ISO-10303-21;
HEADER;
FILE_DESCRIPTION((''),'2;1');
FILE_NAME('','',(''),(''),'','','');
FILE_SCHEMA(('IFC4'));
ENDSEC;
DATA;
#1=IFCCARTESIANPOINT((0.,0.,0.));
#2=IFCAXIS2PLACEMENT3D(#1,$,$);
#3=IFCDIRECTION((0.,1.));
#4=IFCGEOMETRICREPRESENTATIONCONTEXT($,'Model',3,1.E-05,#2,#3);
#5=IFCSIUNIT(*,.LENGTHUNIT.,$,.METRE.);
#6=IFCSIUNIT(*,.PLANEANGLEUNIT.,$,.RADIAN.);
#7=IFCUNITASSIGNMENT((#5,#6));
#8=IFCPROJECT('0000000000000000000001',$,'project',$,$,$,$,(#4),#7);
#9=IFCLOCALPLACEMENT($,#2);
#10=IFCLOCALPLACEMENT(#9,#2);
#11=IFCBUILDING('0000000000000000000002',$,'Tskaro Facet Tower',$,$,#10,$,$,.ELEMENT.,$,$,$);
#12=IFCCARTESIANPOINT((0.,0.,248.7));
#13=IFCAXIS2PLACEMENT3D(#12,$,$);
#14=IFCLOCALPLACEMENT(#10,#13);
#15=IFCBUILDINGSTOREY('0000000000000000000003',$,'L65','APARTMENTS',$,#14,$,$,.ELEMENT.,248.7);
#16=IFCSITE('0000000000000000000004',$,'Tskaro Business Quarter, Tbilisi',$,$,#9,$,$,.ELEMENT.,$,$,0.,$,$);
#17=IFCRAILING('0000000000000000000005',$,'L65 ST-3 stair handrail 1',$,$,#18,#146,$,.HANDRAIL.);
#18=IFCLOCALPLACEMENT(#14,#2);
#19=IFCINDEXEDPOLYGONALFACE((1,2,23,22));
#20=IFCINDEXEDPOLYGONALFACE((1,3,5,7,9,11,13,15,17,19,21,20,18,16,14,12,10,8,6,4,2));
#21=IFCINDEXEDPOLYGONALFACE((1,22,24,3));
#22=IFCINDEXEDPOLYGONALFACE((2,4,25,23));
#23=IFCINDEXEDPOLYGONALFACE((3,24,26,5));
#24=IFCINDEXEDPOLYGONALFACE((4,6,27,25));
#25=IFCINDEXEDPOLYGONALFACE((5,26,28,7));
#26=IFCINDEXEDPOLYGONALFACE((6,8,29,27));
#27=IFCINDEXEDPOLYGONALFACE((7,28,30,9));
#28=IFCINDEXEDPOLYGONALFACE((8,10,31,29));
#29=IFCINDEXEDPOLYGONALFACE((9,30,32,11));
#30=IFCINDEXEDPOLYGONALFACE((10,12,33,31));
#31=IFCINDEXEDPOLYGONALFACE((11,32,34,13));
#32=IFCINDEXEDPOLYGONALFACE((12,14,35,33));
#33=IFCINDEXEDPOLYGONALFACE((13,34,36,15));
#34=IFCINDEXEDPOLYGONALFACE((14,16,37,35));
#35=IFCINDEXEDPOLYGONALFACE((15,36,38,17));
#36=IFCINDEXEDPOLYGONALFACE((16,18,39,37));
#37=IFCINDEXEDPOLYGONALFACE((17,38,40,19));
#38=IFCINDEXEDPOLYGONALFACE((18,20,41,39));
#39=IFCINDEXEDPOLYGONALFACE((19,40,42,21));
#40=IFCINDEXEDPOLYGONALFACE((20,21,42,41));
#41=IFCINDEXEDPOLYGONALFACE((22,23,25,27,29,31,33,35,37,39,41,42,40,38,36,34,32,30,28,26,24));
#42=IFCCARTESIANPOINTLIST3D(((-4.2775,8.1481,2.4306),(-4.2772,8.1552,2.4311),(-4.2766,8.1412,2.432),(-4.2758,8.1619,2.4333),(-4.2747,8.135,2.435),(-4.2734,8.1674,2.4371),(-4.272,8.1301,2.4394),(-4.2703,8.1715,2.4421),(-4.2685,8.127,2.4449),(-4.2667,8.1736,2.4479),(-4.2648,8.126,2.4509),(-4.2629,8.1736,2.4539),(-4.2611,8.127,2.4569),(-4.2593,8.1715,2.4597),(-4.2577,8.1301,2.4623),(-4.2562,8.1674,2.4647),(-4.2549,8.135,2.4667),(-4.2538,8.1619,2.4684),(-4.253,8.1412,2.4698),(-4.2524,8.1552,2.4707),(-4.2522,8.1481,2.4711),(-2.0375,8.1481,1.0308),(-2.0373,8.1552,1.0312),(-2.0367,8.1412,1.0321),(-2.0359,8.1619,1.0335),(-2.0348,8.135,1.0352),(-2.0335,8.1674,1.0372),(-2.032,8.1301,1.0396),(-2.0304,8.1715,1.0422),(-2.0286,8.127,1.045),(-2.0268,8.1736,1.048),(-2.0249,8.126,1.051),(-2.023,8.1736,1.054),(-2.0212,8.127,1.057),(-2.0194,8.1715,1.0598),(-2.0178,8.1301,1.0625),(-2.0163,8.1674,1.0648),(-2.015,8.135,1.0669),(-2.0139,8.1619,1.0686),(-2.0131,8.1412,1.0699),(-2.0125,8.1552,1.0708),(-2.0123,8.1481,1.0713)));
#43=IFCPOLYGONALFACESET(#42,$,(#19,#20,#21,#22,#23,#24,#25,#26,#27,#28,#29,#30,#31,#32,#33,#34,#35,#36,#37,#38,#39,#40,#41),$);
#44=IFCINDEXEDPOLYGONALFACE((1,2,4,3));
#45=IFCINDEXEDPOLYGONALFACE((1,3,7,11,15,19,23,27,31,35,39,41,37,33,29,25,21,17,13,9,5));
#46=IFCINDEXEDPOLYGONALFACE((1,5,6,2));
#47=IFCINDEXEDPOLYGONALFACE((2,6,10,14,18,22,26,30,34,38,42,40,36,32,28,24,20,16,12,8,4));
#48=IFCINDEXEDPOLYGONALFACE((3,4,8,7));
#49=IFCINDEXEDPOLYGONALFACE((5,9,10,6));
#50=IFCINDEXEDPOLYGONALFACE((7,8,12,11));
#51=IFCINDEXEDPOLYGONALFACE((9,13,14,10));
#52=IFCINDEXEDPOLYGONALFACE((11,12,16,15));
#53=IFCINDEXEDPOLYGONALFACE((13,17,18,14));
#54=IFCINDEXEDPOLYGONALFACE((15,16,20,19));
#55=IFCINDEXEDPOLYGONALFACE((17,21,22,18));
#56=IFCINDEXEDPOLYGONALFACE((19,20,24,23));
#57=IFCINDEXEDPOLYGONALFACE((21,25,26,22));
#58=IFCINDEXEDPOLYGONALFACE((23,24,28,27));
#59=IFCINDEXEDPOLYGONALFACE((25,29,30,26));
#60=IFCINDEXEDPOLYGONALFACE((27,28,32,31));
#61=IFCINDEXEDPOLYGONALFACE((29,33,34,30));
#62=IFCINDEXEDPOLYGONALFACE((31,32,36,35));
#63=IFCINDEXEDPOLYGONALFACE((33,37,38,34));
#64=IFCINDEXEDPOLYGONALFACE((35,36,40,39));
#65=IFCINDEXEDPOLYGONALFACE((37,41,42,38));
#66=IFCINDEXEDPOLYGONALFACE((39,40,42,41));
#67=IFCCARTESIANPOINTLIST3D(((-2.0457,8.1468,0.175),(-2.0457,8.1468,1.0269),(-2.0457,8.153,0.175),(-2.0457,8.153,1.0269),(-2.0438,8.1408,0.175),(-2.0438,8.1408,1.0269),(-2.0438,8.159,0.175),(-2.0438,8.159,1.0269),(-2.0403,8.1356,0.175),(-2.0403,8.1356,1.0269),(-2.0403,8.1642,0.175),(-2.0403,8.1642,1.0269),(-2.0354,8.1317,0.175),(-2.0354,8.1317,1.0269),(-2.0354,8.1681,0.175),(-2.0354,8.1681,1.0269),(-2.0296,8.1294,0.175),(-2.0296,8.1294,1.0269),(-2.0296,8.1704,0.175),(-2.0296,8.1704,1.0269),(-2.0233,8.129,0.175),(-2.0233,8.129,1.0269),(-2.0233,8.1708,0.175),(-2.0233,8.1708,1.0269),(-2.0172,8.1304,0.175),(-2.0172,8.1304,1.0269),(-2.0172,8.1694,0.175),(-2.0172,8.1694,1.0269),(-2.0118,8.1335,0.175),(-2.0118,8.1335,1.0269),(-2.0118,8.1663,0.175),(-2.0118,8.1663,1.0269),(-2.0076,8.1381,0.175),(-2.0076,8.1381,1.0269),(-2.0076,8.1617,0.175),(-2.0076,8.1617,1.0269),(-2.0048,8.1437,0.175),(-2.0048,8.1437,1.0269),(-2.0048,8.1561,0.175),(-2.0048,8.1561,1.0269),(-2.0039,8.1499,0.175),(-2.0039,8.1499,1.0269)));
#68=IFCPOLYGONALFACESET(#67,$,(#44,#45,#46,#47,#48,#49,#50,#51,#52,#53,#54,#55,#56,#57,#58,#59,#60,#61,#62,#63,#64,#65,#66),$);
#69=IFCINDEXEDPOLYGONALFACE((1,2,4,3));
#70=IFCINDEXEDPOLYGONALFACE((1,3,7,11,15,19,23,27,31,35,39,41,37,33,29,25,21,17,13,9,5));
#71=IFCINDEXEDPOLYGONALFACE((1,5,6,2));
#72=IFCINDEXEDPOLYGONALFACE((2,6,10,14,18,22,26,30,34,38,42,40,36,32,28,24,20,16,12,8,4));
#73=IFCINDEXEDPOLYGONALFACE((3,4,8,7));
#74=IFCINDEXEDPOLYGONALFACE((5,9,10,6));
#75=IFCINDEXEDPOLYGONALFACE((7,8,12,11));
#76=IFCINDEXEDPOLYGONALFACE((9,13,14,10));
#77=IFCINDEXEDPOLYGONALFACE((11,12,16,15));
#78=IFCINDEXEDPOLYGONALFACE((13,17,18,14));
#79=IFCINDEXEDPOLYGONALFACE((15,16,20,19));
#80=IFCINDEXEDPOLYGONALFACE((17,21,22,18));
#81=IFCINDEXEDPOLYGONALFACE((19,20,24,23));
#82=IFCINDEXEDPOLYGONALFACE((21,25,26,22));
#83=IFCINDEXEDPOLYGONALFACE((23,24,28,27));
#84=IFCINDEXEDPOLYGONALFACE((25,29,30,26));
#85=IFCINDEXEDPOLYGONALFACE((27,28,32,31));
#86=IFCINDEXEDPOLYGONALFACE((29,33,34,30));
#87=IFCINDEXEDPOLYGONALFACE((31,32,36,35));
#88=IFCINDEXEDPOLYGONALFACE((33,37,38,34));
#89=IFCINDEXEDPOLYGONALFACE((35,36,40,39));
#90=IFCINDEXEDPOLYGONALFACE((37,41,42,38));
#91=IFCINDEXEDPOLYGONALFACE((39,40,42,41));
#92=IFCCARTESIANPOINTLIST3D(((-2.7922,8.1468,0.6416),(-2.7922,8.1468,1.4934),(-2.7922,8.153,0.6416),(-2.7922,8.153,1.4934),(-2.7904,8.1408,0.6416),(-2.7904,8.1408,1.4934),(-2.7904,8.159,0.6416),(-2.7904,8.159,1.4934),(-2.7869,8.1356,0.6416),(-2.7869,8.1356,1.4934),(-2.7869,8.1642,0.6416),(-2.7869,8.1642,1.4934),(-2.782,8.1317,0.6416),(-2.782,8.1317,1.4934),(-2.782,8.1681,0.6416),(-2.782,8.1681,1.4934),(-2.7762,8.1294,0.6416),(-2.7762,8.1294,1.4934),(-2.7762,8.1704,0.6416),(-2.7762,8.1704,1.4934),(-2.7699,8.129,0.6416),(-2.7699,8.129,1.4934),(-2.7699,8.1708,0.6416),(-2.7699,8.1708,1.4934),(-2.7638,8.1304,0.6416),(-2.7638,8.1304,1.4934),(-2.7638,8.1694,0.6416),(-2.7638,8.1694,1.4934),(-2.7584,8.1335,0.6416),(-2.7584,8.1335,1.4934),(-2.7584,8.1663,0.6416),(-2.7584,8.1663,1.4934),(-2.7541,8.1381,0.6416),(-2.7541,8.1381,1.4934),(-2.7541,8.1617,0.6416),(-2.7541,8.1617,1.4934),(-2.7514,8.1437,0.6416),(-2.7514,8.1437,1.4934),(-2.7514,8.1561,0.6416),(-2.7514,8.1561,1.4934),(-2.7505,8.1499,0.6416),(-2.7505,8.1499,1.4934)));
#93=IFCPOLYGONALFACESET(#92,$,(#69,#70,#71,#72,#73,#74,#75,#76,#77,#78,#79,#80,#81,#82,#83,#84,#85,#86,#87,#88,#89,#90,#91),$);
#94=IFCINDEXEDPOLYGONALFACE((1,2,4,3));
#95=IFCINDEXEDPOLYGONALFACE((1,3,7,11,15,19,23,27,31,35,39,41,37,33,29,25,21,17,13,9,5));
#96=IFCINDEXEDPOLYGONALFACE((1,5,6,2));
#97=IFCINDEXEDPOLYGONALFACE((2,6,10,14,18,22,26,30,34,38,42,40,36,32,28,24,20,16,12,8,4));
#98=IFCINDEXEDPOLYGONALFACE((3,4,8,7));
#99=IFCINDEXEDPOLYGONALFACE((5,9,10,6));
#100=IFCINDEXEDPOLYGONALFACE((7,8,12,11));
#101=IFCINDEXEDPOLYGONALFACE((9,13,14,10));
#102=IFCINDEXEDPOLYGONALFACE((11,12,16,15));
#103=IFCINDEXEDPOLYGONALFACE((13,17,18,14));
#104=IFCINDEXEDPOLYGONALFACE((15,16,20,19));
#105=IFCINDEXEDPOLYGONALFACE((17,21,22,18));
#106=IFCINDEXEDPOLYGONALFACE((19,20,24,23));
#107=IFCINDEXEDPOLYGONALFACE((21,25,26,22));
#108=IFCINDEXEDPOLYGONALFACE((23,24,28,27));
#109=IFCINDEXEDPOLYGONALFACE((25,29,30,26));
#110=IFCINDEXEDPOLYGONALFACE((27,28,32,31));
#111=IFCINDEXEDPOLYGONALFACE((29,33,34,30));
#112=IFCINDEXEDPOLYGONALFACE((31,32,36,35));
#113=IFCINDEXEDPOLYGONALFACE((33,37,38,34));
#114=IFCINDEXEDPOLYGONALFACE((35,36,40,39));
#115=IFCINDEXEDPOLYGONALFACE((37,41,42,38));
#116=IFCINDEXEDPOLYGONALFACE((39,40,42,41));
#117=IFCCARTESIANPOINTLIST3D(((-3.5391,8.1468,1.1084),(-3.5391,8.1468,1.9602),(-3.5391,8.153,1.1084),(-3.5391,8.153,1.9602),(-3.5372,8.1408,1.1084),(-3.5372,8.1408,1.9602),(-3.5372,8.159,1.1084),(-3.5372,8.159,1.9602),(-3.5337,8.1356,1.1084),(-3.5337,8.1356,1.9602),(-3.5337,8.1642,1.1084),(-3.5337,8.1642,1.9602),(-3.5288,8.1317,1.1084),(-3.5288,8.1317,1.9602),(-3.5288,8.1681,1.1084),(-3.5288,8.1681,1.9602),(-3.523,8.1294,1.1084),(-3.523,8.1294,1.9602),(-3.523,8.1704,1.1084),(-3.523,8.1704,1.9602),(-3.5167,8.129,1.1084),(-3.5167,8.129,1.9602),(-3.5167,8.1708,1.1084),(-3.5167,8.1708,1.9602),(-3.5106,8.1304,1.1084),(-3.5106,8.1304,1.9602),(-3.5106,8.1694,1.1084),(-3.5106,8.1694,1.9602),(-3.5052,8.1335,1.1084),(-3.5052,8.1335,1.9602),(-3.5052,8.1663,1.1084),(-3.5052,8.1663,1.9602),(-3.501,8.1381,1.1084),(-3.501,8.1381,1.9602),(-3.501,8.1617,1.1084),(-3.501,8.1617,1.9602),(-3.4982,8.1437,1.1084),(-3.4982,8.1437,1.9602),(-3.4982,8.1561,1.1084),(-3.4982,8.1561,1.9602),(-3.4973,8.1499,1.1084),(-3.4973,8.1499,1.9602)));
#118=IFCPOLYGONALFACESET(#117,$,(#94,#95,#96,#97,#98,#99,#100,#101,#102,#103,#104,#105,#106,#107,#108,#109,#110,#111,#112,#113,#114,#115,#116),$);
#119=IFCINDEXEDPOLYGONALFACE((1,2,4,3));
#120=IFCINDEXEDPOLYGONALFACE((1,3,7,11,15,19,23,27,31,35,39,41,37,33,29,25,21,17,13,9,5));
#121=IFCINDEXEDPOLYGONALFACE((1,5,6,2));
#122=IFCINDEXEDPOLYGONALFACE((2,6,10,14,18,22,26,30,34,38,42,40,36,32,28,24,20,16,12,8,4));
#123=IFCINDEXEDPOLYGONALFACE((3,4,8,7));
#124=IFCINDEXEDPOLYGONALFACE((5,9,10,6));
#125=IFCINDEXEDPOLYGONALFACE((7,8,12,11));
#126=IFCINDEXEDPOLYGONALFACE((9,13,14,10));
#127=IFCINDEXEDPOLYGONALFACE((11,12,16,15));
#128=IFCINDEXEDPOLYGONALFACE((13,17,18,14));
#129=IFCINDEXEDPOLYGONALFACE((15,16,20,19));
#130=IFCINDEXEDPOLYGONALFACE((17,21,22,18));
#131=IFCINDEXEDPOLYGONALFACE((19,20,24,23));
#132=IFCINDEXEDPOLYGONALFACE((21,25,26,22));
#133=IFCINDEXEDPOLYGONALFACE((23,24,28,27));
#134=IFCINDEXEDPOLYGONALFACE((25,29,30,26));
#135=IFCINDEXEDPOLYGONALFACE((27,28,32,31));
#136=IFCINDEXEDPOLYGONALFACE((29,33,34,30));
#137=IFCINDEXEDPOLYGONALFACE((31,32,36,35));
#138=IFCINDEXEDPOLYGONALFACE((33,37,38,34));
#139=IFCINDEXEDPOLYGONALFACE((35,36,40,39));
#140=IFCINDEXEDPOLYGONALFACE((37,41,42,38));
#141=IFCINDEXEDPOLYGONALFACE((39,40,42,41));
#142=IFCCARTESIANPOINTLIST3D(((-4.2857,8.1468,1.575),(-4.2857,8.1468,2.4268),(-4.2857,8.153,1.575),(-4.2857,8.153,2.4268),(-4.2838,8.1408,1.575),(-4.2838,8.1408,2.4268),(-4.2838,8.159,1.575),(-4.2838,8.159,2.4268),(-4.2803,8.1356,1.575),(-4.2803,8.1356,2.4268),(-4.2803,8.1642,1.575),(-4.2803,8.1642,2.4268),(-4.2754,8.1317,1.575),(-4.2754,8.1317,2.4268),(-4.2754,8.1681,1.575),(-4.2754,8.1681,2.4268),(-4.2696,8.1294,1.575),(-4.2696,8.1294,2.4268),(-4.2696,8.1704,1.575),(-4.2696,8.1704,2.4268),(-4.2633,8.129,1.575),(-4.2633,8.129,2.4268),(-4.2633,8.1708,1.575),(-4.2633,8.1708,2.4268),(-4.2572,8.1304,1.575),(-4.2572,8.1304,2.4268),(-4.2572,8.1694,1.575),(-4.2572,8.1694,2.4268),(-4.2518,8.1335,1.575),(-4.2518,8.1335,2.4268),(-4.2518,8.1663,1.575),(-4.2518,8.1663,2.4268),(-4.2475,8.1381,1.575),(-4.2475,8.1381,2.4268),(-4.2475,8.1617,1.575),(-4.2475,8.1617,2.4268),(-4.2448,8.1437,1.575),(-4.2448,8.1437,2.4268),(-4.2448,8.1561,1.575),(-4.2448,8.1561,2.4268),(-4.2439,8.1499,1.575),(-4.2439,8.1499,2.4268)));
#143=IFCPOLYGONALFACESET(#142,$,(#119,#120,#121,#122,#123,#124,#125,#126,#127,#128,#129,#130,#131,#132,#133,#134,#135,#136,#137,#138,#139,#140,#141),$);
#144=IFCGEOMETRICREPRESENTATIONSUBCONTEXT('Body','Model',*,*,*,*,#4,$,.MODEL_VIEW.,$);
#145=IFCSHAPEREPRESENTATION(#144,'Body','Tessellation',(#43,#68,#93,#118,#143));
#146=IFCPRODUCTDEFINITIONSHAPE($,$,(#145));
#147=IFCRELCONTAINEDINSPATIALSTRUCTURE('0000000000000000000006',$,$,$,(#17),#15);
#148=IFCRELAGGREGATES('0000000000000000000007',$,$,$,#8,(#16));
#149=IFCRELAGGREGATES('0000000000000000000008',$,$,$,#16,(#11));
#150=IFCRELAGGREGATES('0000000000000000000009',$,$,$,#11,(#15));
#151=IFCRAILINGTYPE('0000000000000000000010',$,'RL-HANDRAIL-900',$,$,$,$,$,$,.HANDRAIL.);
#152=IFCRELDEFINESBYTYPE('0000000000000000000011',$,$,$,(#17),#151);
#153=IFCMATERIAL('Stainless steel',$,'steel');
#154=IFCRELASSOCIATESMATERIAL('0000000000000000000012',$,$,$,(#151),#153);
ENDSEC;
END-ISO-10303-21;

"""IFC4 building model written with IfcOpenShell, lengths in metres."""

from ifc_helpers import new_model, si_unit, direction, frame, origin, origin_2d, place, context, subcontext, project, spatial, circle, extrude, material, type_object, element, save


model = new_model("IFC4")

# Units and contexts
model_context = context("Model", 3, precision=1e-05, world=origin(), true_north=direction((0.0, 1.0)))
body_context = subcontext(model_context, "Body", "Model", "MODEL_VIEW")
ifc_project = project(units=[si_unit("LENGTHUNIT", "METRE"), si_unit("PLANEANGLEUNIT", "RADIAN")], contexts=[model_context])

# Site, building, storey
site_placement = place(None, origin())
site = spatial("IfcSite", under=ifc_project, at=site_placement, Name="Tskaro Business Quarter, Tbilisi", CompositionType="ELEMENT", RefElevation=0.0)
building_placement = place(site_placement, origin())
building = spatial("IfcBuilding", under=site, at=building_placement, Name="Tskaro Facet Tower", CompositionType="ELEMENT")
storey_placement = place(building_placement, frame((0.0, 0.0, 248.7)))
storey = spatial("IfcBuildingStorey", under=building, at=storey_placement, Name="L65", Description="APARTMENTS", CompositionType="ELEMENT", Elevation=248.7)

# Railing
ifc_material_1 = material(Name="Stainless steel", Category="steel")
railing_type_1 = type_object("IfcRailingType", Name="RL-HANDRAIL-900", PredefinedType="HANDRAIL", material=ifc_material_1)
railing_1_placement = place(storey_placement, frame((-2.0249, 8.1499, 0.175)))
element("IfcRailing", 1, at=railing_1_placement, inside=storey, type_object=railing_type_1, Name="L65 ST-3 stair handrail 1", PredefinedType="HANDRAIL", context=body_context, shape_type="SweptSolid", body=[
    extrude(circle(Radius=0.0239, at=origin_2d()), frame((0.0, 0.0, 0.876), z_axis=(-0.848014, 0.0, 0.529974), x_axis=(0.0, -1.0, 0.0)), (0.0, 0.0, 1.0), 2.6414),
    extrude(circle(Radius=0.021, at=origin_2d()), origin(), (0.0, 0.0, 1.0), 0.8518),
    extrude(circle(Radius=0.021, at=origin_2d()), frame((-0.7466, 0.0, 0.4666)), (0.0, 0.0, 1.0), 0.8518),
    extrude(circle(Radius=0.021, at=origin_2d()), frame((-1.4934, 0.0, 0.9333)), (0.0, 0.0, 1.0), 0.8518),
    extrude(circle(Radius=0.021, at=origin_2d()), frame((-2.24, 0.0, 1.3999)), (0.0, 0.0, 1.0), 0.8518),
])

save(model, "model.ifc")
